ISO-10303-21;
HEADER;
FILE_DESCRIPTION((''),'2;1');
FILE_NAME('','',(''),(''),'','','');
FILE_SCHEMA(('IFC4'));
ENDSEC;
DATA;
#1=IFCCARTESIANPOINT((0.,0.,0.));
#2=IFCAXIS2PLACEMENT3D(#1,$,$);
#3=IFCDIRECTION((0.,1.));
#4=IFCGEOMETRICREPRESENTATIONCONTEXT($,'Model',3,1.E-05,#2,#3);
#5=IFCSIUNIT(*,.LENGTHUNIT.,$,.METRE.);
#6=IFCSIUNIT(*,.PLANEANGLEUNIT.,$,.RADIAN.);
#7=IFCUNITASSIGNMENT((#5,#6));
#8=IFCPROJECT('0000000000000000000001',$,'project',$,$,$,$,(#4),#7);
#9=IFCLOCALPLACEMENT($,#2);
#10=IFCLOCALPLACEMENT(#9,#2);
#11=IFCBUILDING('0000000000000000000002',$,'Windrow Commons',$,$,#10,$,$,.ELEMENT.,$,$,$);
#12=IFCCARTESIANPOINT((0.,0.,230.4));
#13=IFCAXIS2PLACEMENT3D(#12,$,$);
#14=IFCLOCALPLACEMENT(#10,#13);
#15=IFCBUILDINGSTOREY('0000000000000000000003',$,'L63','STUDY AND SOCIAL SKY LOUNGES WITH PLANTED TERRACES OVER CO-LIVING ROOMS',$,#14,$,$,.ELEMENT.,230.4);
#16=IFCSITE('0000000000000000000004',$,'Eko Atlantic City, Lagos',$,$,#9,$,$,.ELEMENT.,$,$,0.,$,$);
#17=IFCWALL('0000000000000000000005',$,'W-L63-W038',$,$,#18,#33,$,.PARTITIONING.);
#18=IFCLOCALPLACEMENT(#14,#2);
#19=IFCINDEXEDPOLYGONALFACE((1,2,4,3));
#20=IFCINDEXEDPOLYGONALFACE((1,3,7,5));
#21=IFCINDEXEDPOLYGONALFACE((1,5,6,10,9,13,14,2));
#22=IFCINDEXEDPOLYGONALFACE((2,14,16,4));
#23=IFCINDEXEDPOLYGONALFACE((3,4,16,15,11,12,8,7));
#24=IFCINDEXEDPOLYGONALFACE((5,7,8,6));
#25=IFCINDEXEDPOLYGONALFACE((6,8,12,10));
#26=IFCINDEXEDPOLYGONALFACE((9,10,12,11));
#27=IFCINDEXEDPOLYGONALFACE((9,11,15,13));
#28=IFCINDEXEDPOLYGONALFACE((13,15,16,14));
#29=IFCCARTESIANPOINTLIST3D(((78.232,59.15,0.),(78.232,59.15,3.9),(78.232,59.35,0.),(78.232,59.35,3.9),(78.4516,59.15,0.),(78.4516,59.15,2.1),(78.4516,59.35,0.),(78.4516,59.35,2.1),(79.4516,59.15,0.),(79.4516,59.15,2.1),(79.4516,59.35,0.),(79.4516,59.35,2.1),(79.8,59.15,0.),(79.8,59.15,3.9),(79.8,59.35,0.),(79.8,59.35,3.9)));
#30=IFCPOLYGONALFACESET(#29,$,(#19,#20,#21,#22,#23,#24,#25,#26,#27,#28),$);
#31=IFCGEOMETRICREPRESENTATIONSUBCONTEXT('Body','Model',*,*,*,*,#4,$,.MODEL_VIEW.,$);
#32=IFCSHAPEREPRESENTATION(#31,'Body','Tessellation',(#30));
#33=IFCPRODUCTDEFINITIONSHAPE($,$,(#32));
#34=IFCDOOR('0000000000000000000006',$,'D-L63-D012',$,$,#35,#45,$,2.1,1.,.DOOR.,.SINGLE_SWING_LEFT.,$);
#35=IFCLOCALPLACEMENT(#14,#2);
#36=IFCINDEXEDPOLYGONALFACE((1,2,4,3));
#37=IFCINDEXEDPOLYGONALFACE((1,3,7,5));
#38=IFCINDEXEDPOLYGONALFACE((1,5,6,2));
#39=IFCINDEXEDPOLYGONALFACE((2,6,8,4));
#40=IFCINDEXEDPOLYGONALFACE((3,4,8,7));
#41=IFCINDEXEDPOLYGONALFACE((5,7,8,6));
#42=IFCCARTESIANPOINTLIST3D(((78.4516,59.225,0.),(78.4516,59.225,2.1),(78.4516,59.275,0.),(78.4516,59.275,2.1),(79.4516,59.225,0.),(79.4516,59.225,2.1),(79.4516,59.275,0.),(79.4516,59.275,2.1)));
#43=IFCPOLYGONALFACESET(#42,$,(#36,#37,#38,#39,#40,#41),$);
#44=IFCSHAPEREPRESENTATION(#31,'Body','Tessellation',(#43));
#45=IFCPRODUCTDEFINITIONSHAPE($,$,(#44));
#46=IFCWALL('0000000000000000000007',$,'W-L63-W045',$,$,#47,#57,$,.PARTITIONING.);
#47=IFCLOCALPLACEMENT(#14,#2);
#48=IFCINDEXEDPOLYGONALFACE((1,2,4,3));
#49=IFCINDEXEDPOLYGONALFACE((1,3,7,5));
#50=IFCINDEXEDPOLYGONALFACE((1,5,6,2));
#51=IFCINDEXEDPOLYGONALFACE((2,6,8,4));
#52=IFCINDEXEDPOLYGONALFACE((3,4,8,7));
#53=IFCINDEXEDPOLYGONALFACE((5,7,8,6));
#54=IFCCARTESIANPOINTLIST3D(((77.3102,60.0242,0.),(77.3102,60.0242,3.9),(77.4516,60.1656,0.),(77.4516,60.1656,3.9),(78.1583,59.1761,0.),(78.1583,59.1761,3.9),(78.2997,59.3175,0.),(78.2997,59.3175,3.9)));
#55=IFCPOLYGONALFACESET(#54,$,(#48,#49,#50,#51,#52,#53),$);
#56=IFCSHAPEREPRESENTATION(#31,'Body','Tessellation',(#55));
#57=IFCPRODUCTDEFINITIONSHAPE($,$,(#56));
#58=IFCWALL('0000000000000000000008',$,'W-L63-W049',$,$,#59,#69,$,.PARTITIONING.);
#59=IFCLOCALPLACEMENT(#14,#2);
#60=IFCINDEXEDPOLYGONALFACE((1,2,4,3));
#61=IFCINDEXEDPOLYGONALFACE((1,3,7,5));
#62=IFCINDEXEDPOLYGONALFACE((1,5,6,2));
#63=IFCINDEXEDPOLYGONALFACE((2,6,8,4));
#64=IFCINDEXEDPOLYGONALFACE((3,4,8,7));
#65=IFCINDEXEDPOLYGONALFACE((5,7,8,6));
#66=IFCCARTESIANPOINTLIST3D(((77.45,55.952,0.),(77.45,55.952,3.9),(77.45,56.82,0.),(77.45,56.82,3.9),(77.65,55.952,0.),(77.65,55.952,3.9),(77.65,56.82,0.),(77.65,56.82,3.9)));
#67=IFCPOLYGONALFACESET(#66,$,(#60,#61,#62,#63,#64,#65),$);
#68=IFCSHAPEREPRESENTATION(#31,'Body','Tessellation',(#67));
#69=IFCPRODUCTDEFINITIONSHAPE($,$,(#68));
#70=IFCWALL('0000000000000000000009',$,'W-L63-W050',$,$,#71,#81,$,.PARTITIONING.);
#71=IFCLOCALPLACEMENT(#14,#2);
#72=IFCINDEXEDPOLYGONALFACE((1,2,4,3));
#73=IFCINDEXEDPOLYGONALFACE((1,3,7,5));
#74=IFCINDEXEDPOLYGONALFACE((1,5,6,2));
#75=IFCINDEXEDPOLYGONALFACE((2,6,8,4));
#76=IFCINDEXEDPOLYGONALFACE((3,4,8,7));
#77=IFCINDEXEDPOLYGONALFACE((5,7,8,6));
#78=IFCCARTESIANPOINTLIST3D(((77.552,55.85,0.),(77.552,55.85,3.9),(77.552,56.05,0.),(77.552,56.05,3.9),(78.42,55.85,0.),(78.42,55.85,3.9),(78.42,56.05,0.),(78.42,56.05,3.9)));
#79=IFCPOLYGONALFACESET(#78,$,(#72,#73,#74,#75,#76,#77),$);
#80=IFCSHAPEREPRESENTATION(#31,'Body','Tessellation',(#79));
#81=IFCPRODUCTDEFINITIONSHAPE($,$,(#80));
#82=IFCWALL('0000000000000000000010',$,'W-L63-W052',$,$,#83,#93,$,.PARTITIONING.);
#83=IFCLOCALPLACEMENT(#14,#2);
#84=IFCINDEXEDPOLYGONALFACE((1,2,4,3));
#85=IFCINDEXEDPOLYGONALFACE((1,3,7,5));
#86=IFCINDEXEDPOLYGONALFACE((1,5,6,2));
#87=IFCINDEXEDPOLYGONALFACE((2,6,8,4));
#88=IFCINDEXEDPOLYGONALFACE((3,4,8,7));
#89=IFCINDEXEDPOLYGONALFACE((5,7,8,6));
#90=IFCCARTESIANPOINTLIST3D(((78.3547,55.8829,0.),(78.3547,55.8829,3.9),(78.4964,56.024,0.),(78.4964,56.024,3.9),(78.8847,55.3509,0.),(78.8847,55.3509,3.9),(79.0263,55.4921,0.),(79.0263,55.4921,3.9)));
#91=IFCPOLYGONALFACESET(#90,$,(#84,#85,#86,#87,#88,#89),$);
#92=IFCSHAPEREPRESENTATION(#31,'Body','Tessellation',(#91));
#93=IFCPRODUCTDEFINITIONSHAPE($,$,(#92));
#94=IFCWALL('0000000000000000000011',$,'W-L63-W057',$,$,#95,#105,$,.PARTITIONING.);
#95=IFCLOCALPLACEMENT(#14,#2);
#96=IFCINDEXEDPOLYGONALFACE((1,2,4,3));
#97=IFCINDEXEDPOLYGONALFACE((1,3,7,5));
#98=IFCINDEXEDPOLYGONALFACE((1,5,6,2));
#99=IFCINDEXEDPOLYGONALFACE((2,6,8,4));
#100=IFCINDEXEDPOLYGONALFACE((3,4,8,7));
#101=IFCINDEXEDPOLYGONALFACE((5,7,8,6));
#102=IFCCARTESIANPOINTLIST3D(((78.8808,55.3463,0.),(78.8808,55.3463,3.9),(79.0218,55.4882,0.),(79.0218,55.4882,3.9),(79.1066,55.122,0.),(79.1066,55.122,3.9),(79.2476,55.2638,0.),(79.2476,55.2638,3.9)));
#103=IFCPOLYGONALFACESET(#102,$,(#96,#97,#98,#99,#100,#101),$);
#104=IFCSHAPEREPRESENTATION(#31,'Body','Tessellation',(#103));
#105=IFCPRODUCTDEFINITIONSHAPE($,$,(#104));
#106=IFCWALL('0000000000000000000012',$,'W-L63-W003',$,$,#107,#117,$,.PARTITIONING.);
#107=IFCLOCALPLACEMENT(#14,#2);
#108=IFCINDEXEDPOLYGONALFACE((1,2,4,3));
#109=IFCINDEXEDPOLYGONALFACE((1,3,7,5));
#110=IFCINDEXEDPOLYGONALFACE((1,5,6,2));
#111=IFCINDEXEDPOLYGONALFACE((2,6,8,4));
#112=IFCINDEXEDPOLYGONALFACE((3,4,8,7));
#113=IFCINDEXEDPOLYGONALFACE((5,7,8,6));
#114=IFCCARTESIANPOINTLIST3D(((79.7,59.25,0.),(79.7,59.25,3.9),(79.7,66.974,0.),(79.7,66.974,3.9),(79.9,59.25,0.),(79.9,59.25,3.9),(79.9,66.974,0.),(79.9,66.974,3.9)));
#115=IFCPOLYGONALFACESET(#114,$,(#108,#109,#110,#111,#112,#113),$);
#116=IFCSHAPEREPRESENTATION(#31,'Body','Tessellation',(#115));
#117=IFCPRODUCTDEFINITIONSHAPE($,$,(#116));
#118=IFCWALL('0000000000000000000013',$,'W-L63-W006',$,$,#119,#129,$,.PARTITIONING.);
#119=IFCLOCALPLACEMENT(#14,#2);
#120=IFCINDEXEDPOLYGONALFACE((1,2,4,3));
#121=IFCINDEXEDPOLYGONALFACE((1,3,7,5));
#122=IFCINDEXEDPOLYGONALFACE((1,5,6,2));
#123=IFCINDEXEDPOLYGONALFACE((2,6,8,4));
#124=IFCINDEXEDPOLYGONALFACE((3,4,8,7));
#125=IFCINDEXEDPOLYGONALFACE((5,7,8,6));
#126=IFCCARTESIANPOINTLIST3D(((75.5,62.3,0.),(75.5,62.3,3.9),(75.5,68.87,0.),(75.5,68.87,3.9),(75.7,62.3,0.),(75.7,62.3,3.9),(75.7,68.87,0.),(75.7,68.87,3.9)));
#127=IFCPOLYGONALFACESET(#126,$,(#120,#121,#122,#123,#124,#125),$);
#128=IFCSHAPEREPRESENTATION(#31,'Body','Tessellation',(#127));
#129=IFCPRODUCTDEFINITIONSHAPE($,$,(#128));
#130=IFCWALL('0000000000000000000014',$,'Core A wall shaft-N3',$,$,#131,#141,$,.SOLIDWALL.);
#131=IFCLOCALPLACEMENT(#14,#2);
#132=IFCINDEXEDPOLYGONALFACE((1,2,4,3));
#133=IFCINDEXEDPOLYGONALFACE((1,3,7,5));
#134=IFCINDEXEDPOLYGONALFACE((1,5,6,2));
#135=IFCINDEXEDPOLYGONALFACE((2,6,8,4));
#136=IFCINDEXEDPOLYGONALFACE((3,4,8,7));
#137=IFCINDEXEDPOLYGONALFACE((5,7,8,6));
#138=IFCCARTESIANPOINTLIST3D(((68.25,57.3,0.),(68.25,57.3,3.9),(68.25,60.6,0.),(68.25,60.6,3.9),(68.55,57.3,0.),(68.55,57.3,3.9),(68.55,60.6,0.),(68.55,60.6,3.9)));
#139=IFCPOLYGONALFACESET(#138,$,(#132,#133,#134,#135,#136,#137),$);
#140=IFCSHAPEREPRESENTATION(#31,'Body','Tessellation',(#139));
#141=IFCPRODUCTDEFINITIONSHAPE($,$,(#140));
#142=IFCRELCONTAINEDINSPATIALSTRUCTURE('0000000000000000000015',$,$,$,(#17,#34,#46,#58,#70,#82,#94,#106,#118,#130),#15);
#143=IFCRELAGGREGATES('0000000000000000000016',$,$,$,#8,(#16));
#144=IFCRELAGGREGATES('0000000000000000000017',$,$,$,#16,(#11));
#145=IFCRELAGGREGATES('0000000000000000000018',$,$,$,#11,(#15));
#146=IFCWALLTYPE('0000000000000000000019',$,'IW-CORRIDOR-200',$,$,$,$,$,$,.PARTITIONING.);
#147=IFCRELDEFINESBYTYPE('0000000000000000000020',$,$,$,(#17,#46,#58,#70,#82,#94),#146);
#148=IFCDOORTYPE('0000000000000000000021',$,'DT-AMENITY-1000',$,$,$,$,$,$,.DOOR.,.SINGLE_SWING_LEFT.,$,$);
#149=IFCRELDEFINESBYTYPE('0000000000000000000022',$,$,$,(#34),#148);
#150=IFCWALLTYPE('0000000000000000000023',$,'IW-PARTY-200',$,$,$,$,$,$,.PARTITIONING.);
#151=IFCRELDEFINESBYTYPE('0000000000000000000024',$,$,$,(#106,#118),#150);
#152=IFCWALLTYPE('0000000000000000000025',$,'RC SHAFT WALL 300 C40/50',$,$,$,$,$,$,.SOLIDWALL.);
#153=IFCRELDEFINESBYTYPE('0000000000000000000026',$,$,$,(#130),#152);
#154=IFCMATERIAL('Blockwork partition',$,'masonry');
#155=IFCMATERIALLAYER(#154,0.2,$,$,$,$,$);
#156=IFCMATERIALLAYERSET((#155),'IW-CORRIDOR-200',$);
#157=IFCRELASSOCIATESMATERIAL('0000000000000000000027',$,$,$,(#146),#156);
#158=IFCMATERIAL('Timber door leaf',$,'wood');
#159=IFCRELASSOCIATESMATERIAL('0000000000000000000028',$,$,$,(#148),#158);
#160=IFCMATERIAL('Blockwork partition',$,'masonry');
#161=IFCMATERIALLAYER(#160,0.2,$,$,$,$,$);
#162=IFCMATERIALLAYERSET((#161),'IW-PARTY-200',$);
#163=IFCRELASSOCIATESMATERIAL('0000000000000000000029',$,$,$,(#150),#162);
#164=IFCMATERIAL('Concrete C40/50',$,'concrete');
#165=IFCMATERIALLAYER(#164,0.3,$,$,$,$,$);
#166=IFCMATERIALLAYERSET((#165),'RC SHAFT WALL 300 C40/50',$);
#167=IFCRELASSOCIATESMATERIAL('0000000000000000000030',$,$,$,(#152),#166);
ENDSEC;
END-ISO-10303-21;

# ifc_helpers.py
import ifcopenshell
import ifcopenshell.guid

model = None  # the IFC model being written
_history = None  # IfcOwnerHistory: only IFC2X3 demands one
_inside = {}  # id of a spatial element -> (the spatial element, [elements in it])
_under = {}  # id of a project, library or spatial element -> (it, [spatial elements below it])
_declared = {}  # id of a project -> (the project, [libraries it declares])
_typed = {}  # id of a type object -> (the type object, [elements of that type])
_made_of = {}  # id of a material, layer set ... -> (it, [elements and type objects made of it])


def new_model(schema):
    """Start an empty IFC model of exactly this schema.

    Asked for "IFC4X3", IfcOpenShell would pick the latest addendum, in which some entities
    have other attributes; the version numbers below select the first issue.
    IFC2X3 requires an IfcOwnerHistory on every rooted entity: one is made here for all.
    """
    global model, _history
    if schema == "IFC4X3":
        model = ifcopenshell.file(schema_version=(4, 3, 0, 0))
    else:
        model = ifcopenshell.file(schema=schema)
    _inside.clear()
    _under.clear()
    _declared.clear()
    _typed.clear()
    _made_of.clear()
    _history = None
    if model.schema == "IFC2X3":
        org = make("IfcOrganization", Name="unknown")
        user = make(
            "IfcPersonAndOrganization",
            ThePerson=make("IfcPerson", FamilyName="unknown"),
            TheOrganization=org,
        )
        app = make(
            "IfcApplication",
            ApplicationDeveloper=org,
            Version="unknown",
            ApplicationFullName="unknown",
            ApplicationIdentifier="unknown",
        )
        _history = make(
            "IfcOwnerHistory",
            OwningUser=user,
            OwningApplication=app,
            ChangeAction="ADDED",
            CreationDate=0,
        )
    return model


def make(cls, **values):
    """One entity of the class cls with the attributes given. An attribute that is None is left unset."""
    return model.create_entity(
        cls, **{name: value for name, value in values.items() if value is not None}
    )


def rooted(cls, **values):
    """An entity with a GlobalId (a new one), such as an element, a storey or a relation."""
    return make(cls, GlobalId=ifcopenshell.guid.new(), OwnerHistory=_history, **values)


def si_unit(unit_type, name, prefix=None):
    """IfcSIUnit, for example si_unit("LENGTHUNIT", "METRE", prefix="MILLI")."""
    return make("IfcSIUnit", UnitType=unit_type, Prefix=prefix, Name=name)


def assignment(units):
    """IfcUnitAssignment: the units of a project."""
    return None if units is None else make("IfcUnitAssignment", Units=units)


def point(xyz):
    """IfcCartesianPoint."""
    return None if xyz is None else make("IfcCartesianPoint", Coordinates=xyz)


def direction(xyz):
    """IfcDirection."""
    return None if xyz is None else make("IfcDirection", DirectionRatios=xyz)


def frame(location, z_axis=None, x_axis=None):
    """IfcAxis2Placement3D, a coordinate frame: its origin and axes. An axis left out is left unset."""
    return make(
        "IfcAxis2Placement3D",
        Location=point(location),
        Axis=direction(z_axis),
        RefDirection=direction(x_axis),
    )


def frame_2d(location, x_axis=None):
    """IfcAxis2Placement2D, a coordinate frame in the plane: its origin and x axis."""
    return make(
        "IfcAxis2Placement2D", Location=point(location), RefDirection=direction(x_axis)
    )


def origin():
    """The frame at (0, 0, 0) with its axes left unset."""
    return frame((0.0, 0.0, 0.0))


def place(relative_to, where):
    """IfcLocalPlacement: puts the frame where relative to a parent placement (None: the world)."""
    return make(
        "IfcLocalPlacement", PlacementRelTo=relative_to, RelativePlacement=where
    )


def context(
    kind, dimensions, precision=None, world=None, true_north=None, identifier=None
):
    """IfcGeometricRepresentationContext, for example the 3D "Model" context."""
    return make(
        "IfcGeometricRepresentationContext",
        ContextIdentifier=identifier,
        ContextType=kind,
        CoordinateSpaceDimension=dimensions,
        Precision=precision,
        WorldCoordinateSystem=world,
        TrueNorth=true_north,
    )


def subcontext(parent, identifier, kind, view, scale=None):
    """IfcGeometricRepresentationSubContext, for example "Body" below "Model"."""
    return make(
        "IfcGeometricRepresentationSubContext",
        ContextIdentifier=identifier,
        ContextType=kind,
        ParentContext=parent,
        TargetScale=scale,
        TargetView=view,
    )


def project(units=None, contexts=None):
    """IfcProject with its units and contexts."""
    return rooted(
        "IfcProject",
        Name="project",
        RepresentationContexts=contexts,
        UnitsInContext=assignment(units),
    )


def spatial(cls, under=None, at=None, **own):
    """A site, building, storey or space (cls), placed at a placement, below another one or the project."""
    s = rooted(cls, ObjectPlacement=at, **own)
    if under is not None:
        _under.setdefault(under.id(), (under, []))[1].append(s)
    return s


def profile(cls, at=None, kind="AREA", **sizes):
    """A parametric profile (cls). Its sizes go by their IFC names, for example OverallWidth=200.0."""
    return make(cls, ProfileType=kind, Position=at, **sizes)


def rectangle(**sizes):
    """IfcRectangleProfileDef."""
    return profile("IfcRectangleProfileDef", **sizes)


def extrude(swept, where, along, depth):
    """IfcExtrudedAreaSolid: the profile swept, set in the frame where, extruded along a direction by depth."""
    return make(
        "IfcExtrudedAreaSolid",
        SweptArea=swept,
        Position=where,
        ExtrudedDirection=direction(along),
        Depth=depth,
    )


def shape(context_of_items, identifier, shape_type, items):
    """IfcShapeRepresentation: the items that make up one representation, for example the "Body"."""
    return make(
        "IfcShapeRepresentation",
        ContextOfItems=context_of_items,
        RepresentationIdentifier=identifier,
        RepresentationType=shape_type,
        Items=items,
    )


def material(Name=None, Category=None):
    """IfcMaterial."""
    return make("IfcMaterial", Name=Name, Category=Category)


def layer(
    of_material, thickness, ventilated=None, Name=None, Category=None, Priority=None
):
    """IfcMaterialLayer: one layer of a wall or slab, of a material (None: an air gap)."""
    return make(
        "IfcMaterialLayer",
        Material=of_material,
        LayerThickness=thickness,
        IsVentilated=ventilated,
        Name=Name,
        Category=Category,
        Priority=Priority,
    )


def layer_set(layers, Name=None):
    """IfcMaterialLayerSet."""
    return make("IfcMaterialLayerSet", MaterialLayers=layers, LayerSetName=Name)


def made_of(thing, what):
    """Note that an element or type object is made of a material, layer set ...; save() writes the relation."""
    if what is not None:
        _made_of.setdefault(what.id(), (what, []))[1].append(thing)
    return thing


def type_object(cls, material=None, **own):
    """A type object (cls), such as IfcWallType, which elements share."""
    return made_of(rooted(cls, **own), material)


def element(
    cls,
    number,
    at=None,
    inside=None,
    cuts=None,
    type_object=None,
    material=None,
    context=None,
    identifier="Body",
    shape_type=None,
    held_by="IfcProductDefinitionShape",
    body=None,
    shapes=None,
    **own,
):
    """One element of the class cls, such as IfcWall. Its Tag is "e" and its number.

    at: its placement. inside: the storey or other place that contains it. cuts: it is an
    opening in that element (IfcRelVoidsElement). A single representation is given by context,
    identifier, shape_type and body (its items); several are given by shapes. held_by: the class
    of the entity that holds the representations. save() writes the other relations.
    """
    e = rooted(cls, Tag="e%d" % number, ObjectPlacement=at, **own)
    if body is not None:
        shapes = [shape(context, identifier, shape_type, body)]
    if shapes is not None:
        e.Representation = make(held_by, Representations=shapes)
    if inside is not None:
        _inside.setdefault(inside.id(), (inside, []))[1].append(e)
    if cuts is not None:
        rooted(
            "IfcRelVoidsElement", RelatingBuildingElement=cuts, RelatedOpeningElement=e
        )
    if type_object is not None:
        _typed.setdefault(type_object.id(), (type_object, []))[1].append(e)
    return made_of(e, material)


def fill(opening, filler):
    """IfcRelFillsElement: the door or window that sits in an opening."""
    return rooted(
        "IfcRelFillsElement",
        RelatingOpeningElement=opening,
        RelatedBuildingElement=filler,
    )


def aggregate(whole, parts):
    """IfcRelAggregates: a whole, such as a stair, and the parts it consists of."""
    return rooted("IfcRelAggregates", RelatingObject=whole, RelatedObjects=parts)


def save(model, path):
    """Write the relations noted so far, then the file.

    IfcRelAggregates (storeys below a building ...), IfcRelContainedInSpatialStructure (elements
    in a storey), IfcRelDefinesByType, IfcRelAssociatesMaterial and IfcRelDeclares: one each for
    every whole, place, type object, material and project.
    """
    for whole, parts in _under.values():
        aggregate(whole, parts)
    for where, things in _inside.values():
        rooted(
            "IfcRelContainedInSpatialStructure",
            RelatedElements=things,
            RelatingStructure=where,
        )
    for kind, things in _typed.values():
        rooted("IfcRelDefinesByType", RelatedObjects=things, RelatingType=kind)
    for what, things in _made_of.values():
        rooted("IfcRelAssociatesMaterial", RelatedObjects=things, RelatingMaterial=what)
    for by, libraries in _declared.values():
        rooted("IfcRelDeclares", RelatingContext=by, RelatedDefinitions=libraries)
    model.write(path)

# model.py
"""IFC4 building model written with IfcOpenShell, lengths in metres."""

from ifc_helpers import new_model, si_unit, direction, frame, frame_2d, origin, place, context, subcontext, project, spatial, rectangle, extrude, material, layer, layer_set, type_object, element, fill, save


model = new_model("IFC4")

# Units and contexts
model_context = context("Model", 3, precision=1e-05, world=origin(), true_north=direction((0.0, 1.0)))
body_context = subcontext(model_context, "Body", "Model", "MODEL_VIEW")
ifc_project = project(units=[si_unit("LENGTHUNIT", "METRE"), si_unit("PLANEANGLEUNIT", "RADIAN")], contexts=[model_context])

# Site, building, storey
site_placement = place(None, origin())
site = spatial("IfcSite", under=ifc_project, at=site_placement, Name="Eko Atlantic City, Lagos", CompositionType="ELEMENT", RefElevation=0.0)
building_placement = place(site_placement, origin())
building = spatial("IfcBuilding", under=site, at=building_placement, Name="Windrow Commons", CompositionType="ELEMENT")
storey_placement = place(building_placement, frame((0.0, 0.0, 230.4)))
storey = spatial("IfcBuildingStorey", under=building, at=storey_placement, Name="L63", Description="STUDY AND SOCIAL SKY LOUNGES WITH PLANTED TERRACES OVER CO-LIVING ROOMS", CompositionType="ELEMENT", Elevation=230.4)

# Shared definitions
ifc_material_1 = material(Name="Blockwork partition", Category="masonry")
ifc_layer_1 = layer(ifc_material_1, 0.2)
ifc_layer_set_1 = layer_set([ifc_layer_1], Name="IW-CORRIDOR-200")
wall_type_1 = type_object("IfcWallType", Name="IW-CORRIDOR-200", PredefinedType="PARTITIONING", material=ifc_layer_set_1)

# Wall, opening, door
wall_1_placement = place(storey_placement, frame((78.232, 59.25, 0.0), z_axis=(0.0, 0.0, 1.0), x_axis=(1.0, 0.0, 0.0)))
wall_1 = element("IfcWall", 1, at=wall_1_placement, inside=storey, type_object=wall_type_1, Name="W-L63-W038", PredefinedType="PARTITIONING", context=body_context, shape_type="SweptSolid", body=[
    extrude(rectangle(XDim=1.568, YDim=0.2, at=frame_2d((0.784, 0.0))), origin(), (0.0, 0.0, 1.0), 3.9),
])
opening_1_placement = place(wall_1_placement, frame((0.2196, 0.0, 0.0)))
opening_1 = element("IfcOpeningElement", 2, at=opening_1_placement, cuts=wall_1, PredefinedType="OPENING", context=body_context, shape_type="SweptSolid", body=[
    extrude(rectangle(XDim=1.0, YDim=2.1, at=frame_2d((0.5, 1.05))), frame((0.0, 0.11, 0.0), z_axis=(0.0, -1.0, 0.0), x_axis=(1.0, 0.0, 0.0)), (0.0, 0.0, 1.0), 0.22),
])
ifc_material_2 = material(Name="Timber door leaf", Category="wood")
door_type_1 = type_object("IfcDoorType", Name="DT-AMENITY-1000", OperationType="SINGLE_SWING_LEFT", PredefinedType="DOOR", material=ifc_material_2)
door_1_placement = place(opening_1_placement, origin())
door_1 = element("IfcDoor", 3, at=door_1_placement, inside=storey, type_object=door_type_1, Name="D-L63-D012", OperationType="SINGLE_SWING_LEFT", OverallHeight=2.1, OverallWidth=1.0, PredefinedType="DOOR", context=body_context, shape_type="SweptSolid", body=[
    extrude(rectangle(XDim=1.0, YDim=2.1, at=frame_2d((0.5, 1.05))), frame((0.0, 0.025, 0.0), z_axis=(0.0, -1.0, 0.0), x_axis=(1.0, 0.0, 0.0)), (0.0, 0.0, 1.0), 0.05),
])
fill(opening_1, door_1)

# Walls
wall_2_placement = place(storey_placement, frame((77.3809, 60.0949, 0.0), z_axis=(0.0, 0.0, 1.0), x_axis=(0.707107, -0.707107, 0.0)))
element("IfcWall", 4, at=wall_2_placement, inside=storey, type_object=wall_type_1, Name="W-L63-W045", PredefinedType="PARTITIONING", context=body_context, shape_type="SweptSolid", body=[
    extrude(rectangle(XDim=1.1993, YDim=0.2, at=frame_2d((0.5997, 0.0))), origin(), (0.0, 0.0, 1.0), 3.9),
])
for number, where, z_axis, x_axis, name in (
    (5, (77.55, 55.952, 0.0), (0.0, 0.0, 1.0), (0.0, 1.0, 0.0), "W-L63-W049"),
    (6, (77.552, 55.95, 0.0), (0.0, 0.0, 1.0), (1.0, 0.0, 0.0), "W-L63-W050"),
):
    element("IfcWall", number, at=place(storey_placement, frame(where, z_axis=z_axis, x_axis=x_axis)), inside=storey, type_object=wall_type_1, Name=name, PredefinedType="PARTITIONING", context=body_context, shape_type="SweptSolid", body=[
        extrude(rectangle(XDim=0.868, YDim=0.2, at=frame_2d((0.434, 0.0))), origin(), (0.0, 0.0, 1.0), 3.9),
    ])
wall_3_placement = place(storey_placement, frame((78.4255, 55.9535, 0.0), z_axis=(0.0, 0.0, 1.0), x_axis=(0.705774, -0.708437, 0.0)))
element("IfcWall", 7, at=wall_3_placement, inside=storey, type_object=wall_type_1, Name="W-L63-W052", PredefinedType="PARTITIONING", context=body_context, shape_type="SweptSolid", body=[
    extrude(rectangle(XDim=0.7509, YDim=0.2, at=frame_2d((0.3755, 0.0))), origin(), (0.0, 0.0, 1.0), 3.9),
])
wall_4_placement = place(storey_placement, frame((78.9513, 55.4173, 0.0), z_axis=(0.0, 0.0, 1.0), x_axis=(0.709302, -0.704904, 0.0)))
element("IfcWall", 8, at=wall_4_placement, inside=storey, type_object=wall_type_1, Name="W-L63-W057", PredefinedType="PARTITIONING", context=body_context, shape_type="SweptSolid", body=[
    extrude(rectangle(XDim=0.3183, YDim=0.2, at=frame_2d((0.1592, 0.0))), origin(), (0.0, 0.0, 1.0), 3.9),
])
ifc_material_3 = material(Name="Blockwork partition", Category="masonry")
ifc_layer_2 = layer(ifc_material_3, 0.2)
ifc_layer_set_2 = layer_set([ifc_layer_2], Name="IW-PARTY-200")
wall_type_2 = type_object("IfcWallType", Name="IW-PARTY-200", PredefinedType="PARTITIONING", material=ifc_layer_set_2)
wall_5_placement = place(storey_placement, frame((79.8, 59.25, 0.0), z_axis=(0.0, 0.0, 1.0), x_axis=(0.0, 1.0, 0.0)))
element("IfcWall", 9, at=wall_5_placement, inside=storey, type_object=wall_type_2, Name="W-L63-W003", PredefinedType="PARTITIONING", context=body_context, shape_type="SweptSolid", body=[
    extrude(rectangle(XDim=7.724, YDim=0.2, at=frame_2d((3.862, 0.0))), origin(), (0.0, 0.0, 1.0), 3.9),
])
wall_6_placement = place(storey_placement, frame((75.6, 62.3, 0.0), z_axis=(0.0, 0.0, 1.0), x_axis=(0.0, 1.0, 0.0)))
element("IfcWall", 10, at=wall_6_placement, inside=storey, type_object=wall_type_2, Name="W-L63-W006", PredefinedType="PARTITIONING", context=body_context, shape_type="SweptSolid", body=[
    extrude(rectangle(XDim=6.57, YDim=0.2, at=frame_2d((3.285, 0.0))), origin(), (0.0, 0.0, 1.0), 3.9),
])
ifc_material_4 = material(Name="Concrete C40/50", Category="concrete")
ifc_layer_3 = layer(ifc_material_4, 0.3)
ifc_layer_set_3 = layer_set([ifc_layer_3], Name="RC SHAFT WALL 300 C40/50")
wall_type_3 = type_object("IfcWallType", Name="RC SHAFT WALL 300 C40/50", PredefinedType="SOLIDWALL", material=ifc_layer_set_3)
wall_7_placement = place(storey_placement, frame((68.4, 57.3, 0.0), z_axis=(0.0, 0.0, 1.0), x_axis=(0.0, 1.0, 0.0)))
element("IfcWall", 11, at=wall_7_placement, inside=storey, type_object=wall_type_3, Name="Core A wall shaft-N3", PredefinedType="SOLIDWALL", context=body_context, shape_type="SweptSolid", body=[
    extrude(rectangle(XDim=3.3, YDim=0.3, at=frame_2d((1.65, 0.0))), origin(), (0.0, 0.0, 1.0), 3.9),
])

save(model, "model.ifc")
